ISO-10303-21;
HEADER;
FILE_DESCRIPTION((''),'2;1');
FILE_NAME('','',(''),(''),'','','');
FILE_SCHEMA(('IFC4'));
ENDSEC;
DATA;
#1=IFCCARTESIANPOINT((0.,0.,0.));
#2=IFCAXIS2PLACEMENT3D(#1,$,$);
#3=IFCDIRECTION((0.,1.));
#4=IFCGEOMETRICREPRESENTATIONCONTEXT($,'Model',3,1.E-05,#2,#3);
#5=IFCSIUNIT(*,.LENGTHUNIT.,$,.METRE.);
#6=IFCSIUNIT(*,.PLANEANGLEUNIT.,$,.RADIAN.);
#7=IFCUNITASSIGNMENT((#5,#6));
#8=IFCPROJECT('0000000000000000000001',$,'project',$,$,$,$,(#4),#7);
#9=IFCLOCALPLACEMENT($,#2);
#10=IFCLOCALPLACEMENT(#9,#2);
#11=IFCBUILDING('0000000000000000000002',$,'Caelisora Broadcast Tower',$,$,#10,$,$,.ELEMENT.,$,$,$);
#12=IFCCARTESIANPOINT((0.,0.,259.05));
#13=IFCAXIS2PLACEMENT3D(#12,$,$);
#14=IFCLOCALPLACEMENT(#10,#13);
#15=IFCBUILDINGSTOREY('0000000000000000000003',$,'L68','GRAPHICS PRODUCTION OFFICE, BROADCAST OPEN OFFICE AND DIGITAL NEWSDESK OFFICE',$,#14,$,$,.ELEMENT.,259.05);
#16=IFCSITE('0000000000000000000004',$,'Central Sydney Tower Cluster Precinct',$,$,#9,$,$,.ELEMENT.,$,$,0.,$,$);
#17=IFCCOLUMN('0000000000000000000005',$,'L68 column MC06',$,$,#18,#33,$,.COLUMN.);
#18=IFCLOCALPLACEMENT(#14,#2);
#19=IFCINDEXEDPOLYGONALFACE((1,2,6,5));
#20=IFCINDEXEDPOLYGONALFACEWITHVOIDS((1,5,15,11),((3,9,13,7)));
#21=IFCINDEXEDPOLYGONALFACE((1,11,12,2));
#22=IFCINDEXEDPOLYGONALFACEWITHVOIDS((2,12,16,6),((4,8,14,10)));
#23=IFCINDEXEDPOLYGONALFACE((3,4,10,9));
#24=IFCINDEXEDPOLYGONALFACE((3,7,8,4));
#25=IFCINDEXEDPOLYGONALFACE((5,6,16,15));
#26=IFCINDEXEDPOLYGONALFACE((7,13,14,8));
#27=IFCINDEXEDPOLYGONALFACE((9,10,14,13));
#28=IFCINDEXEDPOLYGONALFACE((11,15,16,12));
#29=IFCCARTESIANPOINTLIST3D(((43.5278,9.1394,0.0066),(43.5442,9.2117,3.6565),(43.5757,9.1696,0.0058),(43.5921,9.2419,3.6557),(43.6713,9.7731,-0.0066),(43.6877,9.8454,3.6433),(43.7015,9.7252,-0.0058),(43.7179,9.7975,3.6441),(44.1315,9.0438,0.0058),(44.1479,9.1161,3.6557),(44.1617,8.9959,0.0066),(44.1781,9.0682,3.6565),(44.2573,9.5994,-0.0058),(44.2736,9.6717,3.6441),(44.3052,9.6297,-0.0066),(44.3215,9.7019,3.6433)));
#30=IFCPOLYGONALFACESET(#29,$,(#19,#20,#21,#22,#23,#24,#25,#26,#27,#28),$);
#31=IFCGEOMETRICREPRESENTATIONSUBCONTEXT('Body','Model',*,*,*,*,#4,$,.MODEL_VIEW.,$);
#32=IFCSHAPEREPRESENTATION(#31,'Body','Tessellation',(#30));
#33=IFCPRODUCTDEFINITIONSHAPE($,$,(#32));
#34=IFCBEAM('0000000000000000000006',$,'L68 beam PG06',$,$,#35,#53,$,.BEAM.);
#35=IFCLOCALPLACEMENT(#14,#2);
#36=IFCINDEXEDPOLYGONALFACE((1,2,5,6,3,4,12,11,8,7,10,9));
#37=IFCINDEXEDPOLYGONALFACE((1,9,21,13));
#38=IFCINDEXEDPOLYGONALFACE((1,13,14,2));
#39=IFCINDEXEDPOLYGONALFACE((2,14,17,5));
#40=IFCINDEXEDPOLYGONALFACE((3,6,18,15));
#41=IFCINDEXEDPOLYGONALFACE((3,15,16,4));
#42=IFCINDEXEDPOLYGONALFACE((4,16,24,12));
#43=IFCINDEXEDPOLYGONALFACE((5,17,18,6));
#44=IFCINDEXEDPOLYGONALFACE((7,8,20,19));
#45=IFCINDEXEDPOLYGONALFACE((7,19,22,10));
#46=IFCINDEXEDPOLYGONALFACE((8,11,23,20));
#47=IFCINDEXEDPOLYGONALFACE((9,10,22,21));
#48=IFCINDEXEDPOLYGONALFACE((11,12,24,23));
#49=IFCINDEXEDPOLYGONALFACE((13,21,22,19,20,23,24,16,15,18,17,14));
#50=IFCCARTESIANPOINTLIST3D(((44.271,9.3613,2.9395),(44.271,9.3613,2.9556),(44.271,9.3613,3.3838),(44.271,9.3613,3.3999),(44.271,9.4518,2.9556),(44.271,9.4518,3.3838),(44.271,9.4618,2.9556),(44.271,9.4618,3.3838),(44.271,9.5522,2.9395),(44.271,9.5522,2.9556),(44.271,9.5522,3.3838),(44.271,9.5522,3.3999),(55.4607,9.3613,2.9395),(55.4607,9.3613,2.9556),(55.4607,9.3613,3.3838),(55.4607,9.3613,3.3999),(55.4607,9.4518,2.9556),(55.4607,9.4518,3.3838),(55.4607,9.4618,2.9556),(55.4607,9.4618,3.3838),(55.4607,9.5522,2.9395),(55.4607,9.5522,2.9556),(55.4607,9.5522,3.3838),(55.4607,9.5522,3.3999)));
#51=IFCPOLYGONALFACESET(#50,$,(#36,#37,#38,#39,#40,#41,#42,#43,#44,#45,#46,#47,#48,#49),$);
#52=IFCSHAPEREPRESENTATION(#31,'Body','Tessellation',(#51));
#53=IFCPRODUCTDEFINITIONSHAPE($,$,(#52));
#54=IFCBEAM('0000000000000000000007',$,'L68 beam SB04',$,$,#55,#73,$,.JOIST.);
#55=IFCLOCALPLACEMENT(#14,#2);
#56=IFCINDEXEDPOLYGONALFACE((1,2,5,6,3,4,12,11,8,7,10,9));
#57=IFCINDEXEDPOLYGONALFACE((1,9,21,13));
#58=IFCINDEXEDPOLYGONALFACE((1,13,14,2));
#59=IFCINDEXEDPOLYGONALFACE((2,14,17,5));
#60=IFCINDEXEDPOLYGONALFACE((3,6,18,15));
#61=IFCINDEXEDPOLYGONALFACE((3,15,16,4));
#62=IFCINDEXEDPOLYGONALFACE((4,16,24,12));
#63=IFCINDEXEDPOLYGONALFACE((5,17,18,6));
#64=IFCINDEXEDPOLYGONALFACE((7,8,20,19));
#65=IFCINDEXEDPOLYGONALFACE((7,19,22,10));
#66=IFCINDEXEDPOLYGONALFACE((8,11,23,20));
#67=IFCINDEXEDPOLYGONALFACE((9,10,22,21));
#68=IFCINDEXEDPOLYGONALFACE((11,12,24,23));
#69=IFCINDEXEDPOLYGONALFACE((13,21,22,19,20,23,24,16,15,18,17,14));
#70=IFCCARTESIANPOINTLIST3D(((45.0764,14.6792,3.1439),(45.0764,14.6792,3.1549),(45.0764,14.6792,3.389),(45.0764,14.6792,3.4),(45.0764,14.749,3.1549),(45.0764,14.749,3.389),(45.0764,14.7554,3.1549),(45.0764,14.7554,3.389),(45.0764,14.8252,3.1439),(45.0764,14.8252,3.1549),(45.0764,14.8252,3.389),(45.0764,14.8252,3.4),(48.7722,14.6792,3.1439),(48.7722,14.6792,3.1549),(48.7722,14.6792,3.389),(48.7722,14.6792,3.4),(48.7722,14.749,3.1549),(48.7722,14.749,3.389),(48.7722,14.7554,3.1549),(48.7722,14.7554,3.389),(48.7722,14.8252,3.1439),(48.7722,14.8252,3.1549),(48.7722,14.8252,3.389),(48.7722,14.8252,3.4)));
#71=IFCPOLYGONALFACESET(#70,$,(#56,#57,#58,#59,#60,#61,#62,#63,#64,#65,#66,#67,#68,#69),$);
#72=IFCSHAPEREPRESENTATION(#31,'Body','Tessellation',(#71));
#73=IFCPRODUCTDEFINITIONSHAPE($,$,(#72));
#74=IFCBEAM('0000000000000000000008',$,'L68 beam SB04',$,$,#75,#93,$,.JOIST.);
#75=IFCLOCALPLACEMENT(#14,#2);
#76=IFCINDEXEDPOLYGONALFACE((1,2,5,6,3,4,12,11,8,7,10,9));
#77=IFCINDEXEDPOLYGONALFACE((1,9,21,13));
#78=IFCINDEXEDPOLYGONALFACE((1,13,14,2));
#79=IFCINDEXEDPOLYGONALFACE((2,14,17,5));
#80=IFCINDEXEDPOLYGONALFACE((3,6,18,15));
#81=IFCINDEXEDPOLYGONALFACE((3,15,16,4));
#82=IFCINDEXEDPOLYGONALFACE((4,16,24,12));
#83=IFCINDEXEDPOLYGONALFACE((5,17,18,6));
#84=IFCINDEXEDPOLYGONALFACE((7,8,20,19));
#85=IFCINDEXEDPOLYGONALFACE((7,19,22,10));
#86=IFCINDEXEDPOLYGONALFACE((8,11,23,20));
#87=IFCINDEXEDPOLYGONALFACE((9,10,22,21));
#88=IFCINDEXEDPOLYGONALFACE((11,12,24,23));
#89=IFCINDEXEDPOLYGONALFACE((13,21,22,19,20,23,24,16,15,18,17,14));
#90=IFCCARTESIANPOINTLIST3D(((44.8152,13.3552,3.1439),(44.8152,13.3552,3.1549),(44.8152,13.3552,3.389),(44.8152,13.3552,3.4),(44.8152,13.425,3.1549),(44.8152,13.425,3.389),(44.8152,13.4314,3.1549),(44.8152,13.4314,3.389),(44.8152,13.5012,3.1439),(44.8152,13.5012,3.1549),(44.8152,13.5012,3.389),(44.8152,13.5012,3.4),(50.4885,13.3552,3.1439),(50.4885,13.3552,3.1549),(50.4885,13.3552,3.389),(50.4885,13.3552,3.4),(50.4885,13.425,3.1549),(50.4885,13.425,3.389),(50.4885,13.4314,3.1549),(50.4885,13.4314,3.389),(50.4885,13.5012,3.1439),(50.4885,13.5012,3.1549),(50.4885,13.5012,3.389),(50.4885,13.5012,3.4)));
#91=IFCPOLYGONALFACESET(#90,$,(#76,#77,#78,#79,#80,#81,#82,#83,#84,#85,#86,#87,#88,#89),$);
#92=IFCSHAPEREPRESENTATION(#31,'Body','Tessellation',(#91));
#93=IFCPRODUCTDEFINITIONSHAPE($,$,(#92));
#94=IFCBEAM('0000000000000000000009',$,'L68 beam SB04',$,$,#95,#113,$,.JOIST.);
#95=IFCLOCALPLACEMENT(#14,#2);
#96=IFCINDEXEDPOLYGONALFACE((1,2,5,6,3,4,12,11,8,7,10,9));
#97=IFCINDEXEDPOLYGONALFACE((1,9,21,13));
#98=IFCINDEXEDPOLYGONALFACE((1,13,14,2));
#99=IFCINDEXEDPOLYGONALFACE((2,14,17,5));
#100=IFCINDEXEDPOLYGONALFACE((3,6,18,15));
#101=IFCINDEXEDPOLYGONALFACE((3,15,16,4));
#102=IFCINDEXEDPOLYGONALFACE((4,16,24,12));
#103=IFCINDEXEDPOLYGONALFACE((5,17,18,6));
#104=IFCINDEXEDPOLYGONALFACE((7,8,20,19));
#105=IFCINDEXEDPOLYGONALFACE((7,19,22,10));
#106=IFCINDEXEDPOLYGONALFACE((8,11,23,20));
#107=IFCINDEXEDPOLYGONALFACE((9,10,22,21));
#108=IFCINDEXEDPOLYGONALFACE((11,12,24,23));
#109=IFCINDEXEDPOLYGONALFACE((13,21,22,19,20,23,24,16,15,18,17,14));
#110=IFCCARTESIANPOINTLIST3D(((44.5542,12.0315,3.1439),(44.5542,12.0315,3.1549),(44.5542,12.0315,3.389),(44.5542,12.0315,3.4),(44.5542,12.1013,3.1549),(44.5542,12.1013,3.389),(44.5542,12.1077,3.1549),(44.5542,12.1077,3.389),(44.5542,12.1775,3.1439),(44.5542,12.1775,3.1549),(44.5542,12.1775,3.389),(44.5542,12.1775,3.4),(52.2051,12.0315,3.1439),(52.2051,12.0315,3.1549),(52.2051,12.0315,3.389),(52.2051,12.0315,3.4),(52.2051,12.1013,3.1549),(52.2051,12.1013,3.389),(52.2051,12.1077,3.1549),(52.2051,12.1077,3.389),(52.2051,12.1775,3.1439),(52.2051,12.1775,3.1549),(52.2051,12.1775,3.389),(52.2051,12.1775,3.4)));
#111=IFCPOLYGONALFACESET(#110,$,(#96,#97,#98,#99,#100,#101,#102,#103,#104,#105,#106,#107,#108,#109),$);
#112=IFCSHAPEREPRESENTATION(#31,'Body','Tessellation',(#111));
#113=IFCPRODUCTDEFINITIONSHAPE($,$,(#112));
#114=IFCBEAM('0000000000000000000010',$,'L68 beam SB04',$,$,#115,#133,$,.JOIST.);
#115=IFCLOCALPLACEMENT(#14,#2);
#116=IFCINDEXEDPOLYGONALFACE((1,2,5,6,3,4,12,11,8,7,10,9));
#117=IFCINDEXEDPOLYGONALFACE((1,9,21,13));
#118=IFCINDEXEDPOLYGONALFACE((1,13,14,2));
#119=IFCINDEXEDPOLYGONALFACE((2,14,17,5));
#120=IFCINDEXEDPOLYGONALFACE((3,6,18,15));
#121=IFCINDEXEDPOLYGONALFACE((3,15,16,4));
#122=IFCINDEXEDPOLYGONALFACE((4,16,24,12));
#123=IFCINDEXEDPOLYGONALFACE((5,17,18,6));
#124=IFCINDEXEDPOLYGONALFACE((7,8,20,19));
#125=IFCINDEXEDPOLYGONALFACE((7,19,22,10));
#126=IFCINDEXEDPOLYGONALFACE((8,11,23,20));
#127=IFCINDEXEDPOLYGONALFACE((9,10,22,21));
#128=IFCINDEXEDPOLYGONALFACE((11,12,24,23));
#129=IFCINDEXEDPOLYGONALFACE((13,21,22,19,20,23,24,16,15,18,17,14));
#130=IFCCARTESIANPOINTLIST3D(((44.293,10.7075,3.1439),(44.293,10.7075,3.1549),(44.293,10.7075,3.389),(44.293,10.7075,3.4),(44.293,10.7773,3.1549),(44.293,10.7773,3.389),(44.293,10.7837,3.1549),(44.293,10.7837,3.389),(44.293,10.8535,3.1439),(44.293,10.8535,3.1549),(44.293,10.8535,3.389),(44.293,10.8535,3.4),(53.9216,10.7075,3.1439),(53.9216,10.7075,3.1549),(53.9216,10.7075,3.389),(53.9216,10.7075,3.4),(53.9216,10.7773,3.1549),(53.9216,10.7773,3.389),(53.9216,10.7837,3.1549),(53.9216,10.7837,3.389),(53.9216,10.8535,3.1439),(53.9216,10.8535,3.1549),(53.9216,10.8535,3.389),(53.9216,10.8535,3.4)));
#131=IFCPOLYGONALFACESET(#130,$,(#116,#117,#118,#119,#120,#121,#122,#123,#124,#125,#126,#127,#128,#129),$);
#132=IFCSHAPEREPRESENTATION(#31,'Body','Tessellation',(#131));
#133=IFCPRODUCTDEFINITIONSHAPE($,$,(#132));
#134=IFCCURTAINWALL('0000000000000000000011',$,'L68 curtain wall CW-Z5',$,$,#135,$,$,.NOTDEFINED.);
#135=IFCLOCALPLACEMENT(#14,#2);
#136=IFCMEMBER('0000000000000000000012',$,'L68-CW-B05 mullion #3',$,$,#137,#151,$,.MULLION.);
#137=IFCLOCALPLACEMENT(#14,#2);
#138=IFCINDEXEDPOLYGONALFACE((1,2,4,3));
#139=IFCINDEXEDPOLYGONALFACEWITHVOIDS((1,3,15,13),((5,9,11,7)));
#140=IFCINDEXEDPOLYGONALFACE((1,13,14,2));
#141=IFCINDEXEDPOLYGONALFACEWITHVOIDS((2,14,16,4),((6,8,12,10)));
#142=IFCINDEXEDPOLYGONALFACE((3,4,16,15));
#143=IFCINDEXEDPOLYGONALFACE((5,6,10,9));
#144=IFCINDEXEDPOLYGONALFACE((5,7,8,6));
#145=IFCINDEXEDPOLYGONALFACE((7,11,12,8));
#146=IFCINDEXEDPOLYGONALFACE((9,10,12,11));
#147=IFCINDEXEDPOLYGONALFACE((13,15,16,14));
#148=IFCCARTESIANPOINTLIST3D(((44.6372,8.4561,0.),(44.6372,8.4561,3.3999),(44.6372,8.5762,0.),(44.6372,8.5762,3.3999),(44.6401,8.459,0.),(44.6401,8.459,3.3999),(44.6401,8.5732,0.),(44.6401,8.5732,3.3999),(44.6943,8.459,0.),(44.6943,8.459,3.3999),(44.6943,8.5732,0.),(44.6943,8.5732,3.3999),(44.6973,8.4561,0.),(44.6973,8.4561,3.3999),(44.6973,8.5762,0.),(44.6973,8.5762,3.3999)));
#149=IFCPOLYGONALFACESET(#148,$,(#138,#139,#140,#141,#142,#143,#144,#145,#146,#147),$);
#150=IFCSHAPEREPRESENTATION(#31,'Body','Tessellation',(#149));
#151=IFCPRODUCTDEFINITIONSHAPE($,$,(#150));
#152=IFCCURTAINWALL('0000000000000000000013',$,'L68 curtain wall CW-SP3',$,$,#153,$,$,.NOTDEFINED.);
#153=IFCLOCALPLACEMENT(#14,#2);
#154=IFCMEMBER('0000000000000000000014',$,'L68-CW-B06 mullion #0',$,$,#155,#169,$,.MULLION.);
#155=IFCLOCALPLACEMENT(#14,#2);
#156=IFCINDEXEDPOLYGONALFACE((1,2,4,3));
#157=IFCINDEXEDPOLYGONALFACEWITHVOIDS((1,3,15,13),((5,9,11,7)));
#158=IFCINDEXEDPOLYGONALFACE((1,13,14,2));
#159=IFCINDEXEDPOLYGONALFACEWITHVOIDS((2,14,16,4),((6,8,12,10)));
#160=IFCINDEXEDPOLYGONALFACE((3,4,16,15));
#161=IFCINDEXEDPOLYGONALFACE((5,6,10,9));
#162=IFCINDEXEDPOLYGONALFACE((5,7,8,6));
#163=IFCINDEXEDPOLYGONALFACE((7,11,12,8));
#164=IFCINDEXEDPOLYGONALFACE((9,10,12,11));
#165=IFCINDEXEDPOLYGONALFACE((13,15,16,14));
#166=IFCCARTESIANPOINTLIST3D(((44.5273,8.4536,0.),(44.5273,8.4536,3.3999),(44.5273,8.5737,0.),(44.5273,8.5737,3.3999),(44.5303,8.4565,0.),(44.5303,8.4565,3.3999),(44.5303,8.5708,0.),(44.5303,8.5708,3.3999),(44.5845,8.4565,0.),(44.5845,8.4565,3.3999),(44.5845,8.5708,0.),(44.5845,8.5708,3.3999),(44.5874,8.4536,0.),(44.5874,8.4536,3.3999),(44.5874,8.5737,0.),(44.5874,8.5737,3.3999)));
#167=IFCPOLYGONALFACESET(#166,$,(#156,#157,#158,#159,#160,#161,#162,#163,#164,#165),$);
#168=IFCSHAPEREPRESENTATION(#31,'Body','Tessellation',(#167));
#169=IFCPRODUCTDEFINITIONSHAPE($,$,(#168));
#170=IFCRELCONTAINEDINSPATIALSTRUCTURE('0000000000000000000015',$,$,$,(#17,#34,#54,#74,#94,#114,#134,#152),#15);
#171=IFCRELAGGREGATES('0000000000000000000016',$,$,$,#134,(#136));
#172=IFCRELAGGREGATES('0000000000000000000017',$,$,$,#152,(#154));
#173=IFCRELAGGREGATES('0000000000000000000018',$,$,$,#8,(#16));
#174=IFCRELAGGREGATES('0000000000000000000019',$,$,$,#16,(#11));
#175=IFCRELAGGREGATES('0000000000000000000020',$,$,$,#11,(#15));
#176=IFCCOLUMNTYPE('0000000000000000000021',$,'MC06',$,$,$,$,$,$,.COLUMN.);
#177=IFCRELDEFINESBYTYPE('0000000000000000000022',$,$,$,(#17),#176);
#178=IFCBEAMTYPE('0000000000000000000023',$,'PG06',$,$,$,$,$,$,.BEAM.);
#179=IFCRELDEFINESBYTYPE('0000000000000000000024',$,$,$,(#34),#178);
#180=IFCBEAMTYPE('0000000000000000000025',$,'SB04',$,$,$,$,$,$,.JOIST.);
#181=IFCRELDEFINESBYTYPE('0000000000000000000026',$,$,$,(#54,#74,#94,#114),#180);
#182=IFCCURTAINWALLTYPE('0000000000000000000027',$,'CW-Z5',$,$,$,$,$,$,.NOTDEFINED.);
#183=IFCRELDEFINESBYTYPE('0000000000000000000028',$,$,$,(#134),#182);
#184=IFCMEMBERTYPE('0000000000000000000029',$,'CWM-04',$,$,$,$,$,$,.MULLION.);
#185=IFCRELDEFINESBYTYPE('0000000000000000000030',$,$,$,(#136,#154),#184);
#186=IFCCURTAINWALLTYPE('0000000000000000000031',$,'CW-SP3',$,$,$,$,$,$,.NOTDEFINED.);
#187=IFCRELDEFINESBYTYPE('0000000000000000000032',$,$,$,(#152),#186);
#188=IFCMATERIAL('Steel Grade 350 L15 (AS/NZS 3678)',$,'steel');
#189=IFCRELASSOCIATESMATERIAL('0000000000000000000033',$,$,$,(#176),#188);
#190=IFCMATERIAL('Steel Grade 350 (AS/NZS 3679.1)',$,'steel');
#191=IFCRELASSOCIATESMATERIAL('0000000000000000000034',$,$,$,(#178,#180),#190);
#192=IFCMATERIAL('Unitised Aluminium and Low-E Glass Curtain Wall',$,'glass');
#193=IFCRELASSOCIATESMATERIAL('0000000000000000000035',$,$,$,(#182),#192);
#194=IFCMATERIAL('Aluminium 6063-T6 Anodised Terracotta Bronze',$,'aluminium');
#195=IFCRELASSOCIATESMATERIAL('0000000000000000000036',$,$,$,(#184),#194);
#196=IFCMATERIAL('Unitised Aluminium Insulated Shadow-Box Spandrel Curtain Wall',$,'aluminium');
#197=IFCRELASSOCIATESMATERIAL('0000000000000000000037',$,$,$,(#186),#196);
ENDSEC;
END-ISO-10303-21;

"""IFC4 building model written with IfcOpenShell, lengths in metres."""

from ifc_helpers import new_model, si_unit, direction, frame, origin, origin_2d, place, context, subcontext, project, spatial, hollow_rectangle, i_section, extrude, source, transform, mapped, material, material_profile, profile_set, type_object, type_shapes, element, aggregate, save


model = new_model("IFC4")

# Units and contexts
model_context = context("Model", 3, precision=1e-05, world=origin(), true_north=direction((0.0, 1.0)))
body_context = subcontext(model_context, "Body", "Model", "MODEL_VIEW")
ifc_project = project(units=[si_unit("LENGTHUNIT", "METRE"), si_unit("PLANEANGLEUNIT", "RADIAN")], contexts=[model_context])

# Site, building, storey
site_placement = place(None, origin())
site = spatial("IfcSite", under=ifc_project, at=site_placement, Name="Central Sydney Tower Cluster Precinct", CompositionType="ELEMENT", RefElevation=0.0)
building_placement = place(site_placement, origin())
building = spatial("IfcBuilding", under=site, at=building_placement, Name="Caelisora Broadcast Tower", CompositionType="ELEMENT")
storey_placement = place(building_placement, frame((0.0, 0.0, 259.05)))
storey = spatial("IfcBuildingStorey", under=building, at=storey_placement, Name="L68", Description="GRAPHICS PRODUCTION OFFICE, BROADCAST OPEN OFFICE AND DIGITAL NEWSDESK OFFICE", CompositionType="ELEMENT", Elevation=259.05)

# Column
ifc_material_1 = material(Name="Steel Grade 350 L15 (AS/NZS 3678)", Category="steel")
ifc_material_profile_1 = material_profile(ifc_material_1, hollow_rectangle(XDim=0.6499, YDim=0.6499, WallThickness=0.04, at=origin_2d()), Name="Steel Grade 350 L15 (AS/NZS 3678)")
ifc_profile_set_1 = profile_set([ifc_material_profile_1], Name="Steel Grade 350 L15 (AS/NZS 3678)")
column_type = type_object("IfcColumnType", Name="MC06", PredefinedType="COLUMN", material=ifc_profile_set_1)
shared_shape_1 = source(origin(), body_context, "Body", "SweptSolid", [
    extrude(hollow_rectangle(XDim=0.6499, YDim=0.6499, WallThickness=0.04, at=origin_2d()), origin(), (0.0, 0.0, 1.0), 3.6506),
])
type_shapes(column_type, [shared_shape_1])
column_placement = place(storey_placement, frame((43.9165, 9.3845, 0.0), z_axis=(0.004481, 0.019795, 0.999794), x_axis=(-0.975327, 0.220767, 0.0)))
element("IfcColumn", 1, at=column_placement, inside=storey, type_object=column_type, Name="L68 column MC06", PredefinedType="COLUMN", context=body_context, shape_type="MappedRepresentation", body=[
    mapped(shared_shape_1, transform((0.0, 0.0, 0.0), scale=1.0)),
])

# Beams
ifc_material_2 = material(Name="Steel Grade 350 (AS/NZS 3679.1)", Category="steel")
ifc_material_profile_2 = material_profile(ifc_material_2, i_section(OverallWidth=0.1909, OverallDepth=0.4604, WebThickness=0.01, FlangeThickness=0.0161, at=origin_2d()), Name="Steel Grade 350 (AS/NZS 3679.1)")
ifc_profile_set_2 = profile_set([ifc_material_profile_2], Name="Steel Grade 350 (AS/NZS 3679.1)")
beam_type_1 = type_object("IfcBeamType", Name="PG06", PredefinedType="BEAM", material=ifc_profile_set_2)
shared_shape_2 = source(origin(), body_context, "Body", "SweptSolid", [
    extrude(i_section(OverallWidth=0.1909, OverallDepth=0.4604, WebThickness=0.01, FlangeThickness=0.0161, at=origin_2d()), origin(), (0.0, 0.0, 1.0), 11.1897),
])
type_shapes(beam_type_1, [shared_shape_2])
beam_1_placement = place(storey_placement, frame((44.271, 9.4568, 3.1697), z_axis=(1.0, 0.0, 0.0), x_axis=(0.0, 1.0, 0.0)))
element("IfcBeam", 2, at=beam_1_placement, inside=storey, type_object=beam_type_1, Name="L68 beam PG06", PredefinedType="BEAM", context=body_context, shape_type="MappedRepresentation", body=[
    mapped(shared_shape_2, transform((0.0, 0.0, 0.0), scale=1.0)),
])
ifc_material_profile_3 = material_profile(ifc_material_2, i_section(OverallWidth=0.146, OverallDepth=0.2561, WebThickness=0.0063, FlangeThickness=0.011, at=origin_2d()), Name="Steel Grade 350 (AS/NZS 3679.1)")
ifc_profile_set_3 = profile_set([ifc_material_profile_3], Name="Steel Grade 350 (AS/NZS 3679.1)")
beam_type_2 = type_object("IfcBeamType", Name="SB04", PredefinedType="JOIST", material=ifc_profile_set_3)
shared_shape_3 = source(origin(), body_context, "Body", "SweptSolid", [
    extrude(i_section(OverallWidth=0.146, OverallDepth=0.2561, WebThickness=0.0063, FlangeThickness=0.011, at=origin_2d()), origin(), (0.0, 0.0, 1.0), 3.6958),
])
beam_2_placement = place(storey_placement, frame((45.0764, 14.7522, 3.272), z_axis=(1.0, 0.0, 0.0), x_axis=(0.0, 1.0, 0.0)))
element("IfcBeam", 3, at=beam_2_placement, inside=storey, type_object=beam_type_2, Name="L68 beam SB04", PredefinedType="JOIST", context=body_context, shape_type="MappedRepresentation", body=[
    mapped(shared_shape_3, transform((0.0, 0.0, 0.0), scale=1.0)),
])
shared_shape_4 = source(origin(), body_context, "Body", "SweptSolid", [
    extrude(i_section(OverallWidth=0.146, OverallDepth=0.2561, WebThickness=0.0063, FlangeThickness=0.011, at=origin_2d()), origin(), (0.0, 0.0, 1.0), 5.6733),
])
beam_3_placement = place(storey_placement, frame((44.8152, 13.4282, 3.272), z_axis=(1.0, 0.0, 0.0), x_axis=(0.0, 1.0, 0.0)))
element("IfcBeam", 4, at=beam_3_placement, inside=storey, type_object=beam_type_2, Name="L68 beam SB04", PredefinedType="JOIST", context=body_context, shape_type="MappedRepresentation", body=[
    mapped(shared_shape_4, transform((0.0, 0.0, 0.0), scale=1.0)),
])
shared_shape_5 = source(origin(), body_context, "Body", "SweptSolid", [
    extrude(i_section(OverallWidth=0.146, OverallDepth=0.2561, WebThickness=0.0063, FlangeThickness=0.011, at=origin_2d()), origin(), (0.0, 0.0, 1.0), 7.6509),
])
beam_4_placement = place(storey_placement, frame((44.5542, 12.1045, 3.272), z_axis=(1.0, 0.0, 0.0), x_axis=(0.0, 1.0, 0.0)))
element("IfcBeam", 5, at=beam_4_placement, inside=storey, type_object=beam_type_2, Name="L68 beam SB04", PredefinedType="JOIST", context=body_context, shape_type="MappedRepresentation", body=[
    mapped(shared_shape_5, transform((0.0, 0.0, 0.0), scale=1.0)),
])
shared_shape_6 = source(origin(), body_context, "Body", "SweptSolid", [
    extrude(i_section(OverallWidth=0.146, OverallDepth=0.2561, WebThickness=0.0063, FlangeThickness=0.011, at=origin_2d()), origin(), (0.0, 0.0, 1.0), 9.6287),
])
type_shapes(beam_type_2, [shared_shape_3, shared_shape_4, shared_shape_5, shared_shape_6])
beam_5_placement = place(storey_placement, frame((44.293, 10.7805, 3.272), z_axis=(1.0, 0.0, 0.0), x_axis=(0.0, 1.0, 0.0)))
element("IfcBeam", 6, at=beam_5_placement, inside=storey, type_object=beam_type_2, Name="L68 beam SB04", PredefinedType="JOIST", context=body_context, shape_type="MappedRepresentation", body=[
    mapped(shared_shape_6, transform((0.0, 0.0, 0.0), scale=1.0)),
])

# Curtain wall, member
ifc_material_3 = material(Name="Unitised Aluminium and Low-E Glass Curtain Wall", Category="glass")
curtain_wall_type_1 = type_object("IfcCurtainWallType", Name="CW-Z5", PredefinedType="NOTDEFINED", material=ifc_material_3)
curtain_wall_1_placement = place(storey_placement, origin())
curtain_wall_1 = element("IfcCurtainWall", 7, at=curtain_wall_1_placement, inside=storey, type_object=curtain_wall_type_1, Name="L68 curtain wall CW-Z5", PredefinedType="NOTDEFINED")
ifc_material_4 = material(Name="Aluminium 6063-T6 Anodised Terracotta Bronze", Category="aluminium")
ifc_material_profile_4 = material_profile(ifc_material_4, hollow_rectangle(XDim=0.0601, YDim=0.1201, WallThickness=0.0029, at=origin_2d()), Name="Aluminium 6063-T6 Anodised Terracotta Bronze")
ifc_profile_set_4 = profile_set([ifc_material_profile_4], Name="Aluminium 6063-T6 Anodised Terracotta Bronze")
member_type_1 = type_object("IfcMemberType", Name="CWM-04", PredefinedType="MULLION", material=ifc_profile_set_4)
shared_shape_7 = source(origin(), body_context, "Body", "SweptSolid", [
    extrude(hollow_rectangle(XDim=0.0601, YDim=0.1201, WallThickness=0.0029, at=origin_2d()), origin(), (0.0, 0.0, 1.0), 3.3999),
])
type_shapes(member_type_1, [shared_shape_7])
member_1_placement = place(storey_placement, frame((44.6672, 8.5161, 0.0), z_axis=(0.0, 0.0, 1.0), x_axis=(1.0, 0.0, 0.0)))
member_1 = element("IfcMember", 8, at=member_1_placement, type_object=member_type_1, Name="L68-CW-B05 mullion #3", PredefinedType="MULLION", context=body_context, shape_type="MappedRepresentation", body=[
    mapped(shared_shape_7, transform((0.0, 0.0, 0.0), scale=1.0)),
])
aggregate(curtain_wall_1, [member_1])

# Curtain wall, member
ifc_material_5 = material(Name="Unitised Aluminium Insulated Shadow-Box Spandrel Curtain Wall", Category="aluminium")
curtain_wall_type_2 = type_object("IfcCurtainWallType", Name="CW-SP3", PredefinedType="NOTDEFINED", material=ifc_material_5)
curtain_wall_2_placement = place(storey_placement, origin())
curtain_wall_2 = element("IfcCurtainWall", 9, at=curtain_wall_2_placement, inside=storey, type_object=curtain_wall_type_2, Name="L68 curtain wall CW-SP3", PredefinedType="NOTDEFINED")
member_2_placement = place(storey_placement, frame((44.5574, 8.5137, 0.0), z_axis=(0.0, 0.0, 1.0), x_axis=(1.0, 0.0, 0.0)))
member_2 = element("IfcMember", 10, at=member_2_placement, type_object=member_type_1, Name="L68-CW-B06 mullion #0", PredefinedType="MULLION", context=body_context, shape_type="MappedRepresentation", body=[
    mapped(shared_shape_7, transform((0.0, 0.0, 0.0), scale=1.0)),
])

aggregate(curtain_wall_2, [member_2])

save(model, "model.ifc")
